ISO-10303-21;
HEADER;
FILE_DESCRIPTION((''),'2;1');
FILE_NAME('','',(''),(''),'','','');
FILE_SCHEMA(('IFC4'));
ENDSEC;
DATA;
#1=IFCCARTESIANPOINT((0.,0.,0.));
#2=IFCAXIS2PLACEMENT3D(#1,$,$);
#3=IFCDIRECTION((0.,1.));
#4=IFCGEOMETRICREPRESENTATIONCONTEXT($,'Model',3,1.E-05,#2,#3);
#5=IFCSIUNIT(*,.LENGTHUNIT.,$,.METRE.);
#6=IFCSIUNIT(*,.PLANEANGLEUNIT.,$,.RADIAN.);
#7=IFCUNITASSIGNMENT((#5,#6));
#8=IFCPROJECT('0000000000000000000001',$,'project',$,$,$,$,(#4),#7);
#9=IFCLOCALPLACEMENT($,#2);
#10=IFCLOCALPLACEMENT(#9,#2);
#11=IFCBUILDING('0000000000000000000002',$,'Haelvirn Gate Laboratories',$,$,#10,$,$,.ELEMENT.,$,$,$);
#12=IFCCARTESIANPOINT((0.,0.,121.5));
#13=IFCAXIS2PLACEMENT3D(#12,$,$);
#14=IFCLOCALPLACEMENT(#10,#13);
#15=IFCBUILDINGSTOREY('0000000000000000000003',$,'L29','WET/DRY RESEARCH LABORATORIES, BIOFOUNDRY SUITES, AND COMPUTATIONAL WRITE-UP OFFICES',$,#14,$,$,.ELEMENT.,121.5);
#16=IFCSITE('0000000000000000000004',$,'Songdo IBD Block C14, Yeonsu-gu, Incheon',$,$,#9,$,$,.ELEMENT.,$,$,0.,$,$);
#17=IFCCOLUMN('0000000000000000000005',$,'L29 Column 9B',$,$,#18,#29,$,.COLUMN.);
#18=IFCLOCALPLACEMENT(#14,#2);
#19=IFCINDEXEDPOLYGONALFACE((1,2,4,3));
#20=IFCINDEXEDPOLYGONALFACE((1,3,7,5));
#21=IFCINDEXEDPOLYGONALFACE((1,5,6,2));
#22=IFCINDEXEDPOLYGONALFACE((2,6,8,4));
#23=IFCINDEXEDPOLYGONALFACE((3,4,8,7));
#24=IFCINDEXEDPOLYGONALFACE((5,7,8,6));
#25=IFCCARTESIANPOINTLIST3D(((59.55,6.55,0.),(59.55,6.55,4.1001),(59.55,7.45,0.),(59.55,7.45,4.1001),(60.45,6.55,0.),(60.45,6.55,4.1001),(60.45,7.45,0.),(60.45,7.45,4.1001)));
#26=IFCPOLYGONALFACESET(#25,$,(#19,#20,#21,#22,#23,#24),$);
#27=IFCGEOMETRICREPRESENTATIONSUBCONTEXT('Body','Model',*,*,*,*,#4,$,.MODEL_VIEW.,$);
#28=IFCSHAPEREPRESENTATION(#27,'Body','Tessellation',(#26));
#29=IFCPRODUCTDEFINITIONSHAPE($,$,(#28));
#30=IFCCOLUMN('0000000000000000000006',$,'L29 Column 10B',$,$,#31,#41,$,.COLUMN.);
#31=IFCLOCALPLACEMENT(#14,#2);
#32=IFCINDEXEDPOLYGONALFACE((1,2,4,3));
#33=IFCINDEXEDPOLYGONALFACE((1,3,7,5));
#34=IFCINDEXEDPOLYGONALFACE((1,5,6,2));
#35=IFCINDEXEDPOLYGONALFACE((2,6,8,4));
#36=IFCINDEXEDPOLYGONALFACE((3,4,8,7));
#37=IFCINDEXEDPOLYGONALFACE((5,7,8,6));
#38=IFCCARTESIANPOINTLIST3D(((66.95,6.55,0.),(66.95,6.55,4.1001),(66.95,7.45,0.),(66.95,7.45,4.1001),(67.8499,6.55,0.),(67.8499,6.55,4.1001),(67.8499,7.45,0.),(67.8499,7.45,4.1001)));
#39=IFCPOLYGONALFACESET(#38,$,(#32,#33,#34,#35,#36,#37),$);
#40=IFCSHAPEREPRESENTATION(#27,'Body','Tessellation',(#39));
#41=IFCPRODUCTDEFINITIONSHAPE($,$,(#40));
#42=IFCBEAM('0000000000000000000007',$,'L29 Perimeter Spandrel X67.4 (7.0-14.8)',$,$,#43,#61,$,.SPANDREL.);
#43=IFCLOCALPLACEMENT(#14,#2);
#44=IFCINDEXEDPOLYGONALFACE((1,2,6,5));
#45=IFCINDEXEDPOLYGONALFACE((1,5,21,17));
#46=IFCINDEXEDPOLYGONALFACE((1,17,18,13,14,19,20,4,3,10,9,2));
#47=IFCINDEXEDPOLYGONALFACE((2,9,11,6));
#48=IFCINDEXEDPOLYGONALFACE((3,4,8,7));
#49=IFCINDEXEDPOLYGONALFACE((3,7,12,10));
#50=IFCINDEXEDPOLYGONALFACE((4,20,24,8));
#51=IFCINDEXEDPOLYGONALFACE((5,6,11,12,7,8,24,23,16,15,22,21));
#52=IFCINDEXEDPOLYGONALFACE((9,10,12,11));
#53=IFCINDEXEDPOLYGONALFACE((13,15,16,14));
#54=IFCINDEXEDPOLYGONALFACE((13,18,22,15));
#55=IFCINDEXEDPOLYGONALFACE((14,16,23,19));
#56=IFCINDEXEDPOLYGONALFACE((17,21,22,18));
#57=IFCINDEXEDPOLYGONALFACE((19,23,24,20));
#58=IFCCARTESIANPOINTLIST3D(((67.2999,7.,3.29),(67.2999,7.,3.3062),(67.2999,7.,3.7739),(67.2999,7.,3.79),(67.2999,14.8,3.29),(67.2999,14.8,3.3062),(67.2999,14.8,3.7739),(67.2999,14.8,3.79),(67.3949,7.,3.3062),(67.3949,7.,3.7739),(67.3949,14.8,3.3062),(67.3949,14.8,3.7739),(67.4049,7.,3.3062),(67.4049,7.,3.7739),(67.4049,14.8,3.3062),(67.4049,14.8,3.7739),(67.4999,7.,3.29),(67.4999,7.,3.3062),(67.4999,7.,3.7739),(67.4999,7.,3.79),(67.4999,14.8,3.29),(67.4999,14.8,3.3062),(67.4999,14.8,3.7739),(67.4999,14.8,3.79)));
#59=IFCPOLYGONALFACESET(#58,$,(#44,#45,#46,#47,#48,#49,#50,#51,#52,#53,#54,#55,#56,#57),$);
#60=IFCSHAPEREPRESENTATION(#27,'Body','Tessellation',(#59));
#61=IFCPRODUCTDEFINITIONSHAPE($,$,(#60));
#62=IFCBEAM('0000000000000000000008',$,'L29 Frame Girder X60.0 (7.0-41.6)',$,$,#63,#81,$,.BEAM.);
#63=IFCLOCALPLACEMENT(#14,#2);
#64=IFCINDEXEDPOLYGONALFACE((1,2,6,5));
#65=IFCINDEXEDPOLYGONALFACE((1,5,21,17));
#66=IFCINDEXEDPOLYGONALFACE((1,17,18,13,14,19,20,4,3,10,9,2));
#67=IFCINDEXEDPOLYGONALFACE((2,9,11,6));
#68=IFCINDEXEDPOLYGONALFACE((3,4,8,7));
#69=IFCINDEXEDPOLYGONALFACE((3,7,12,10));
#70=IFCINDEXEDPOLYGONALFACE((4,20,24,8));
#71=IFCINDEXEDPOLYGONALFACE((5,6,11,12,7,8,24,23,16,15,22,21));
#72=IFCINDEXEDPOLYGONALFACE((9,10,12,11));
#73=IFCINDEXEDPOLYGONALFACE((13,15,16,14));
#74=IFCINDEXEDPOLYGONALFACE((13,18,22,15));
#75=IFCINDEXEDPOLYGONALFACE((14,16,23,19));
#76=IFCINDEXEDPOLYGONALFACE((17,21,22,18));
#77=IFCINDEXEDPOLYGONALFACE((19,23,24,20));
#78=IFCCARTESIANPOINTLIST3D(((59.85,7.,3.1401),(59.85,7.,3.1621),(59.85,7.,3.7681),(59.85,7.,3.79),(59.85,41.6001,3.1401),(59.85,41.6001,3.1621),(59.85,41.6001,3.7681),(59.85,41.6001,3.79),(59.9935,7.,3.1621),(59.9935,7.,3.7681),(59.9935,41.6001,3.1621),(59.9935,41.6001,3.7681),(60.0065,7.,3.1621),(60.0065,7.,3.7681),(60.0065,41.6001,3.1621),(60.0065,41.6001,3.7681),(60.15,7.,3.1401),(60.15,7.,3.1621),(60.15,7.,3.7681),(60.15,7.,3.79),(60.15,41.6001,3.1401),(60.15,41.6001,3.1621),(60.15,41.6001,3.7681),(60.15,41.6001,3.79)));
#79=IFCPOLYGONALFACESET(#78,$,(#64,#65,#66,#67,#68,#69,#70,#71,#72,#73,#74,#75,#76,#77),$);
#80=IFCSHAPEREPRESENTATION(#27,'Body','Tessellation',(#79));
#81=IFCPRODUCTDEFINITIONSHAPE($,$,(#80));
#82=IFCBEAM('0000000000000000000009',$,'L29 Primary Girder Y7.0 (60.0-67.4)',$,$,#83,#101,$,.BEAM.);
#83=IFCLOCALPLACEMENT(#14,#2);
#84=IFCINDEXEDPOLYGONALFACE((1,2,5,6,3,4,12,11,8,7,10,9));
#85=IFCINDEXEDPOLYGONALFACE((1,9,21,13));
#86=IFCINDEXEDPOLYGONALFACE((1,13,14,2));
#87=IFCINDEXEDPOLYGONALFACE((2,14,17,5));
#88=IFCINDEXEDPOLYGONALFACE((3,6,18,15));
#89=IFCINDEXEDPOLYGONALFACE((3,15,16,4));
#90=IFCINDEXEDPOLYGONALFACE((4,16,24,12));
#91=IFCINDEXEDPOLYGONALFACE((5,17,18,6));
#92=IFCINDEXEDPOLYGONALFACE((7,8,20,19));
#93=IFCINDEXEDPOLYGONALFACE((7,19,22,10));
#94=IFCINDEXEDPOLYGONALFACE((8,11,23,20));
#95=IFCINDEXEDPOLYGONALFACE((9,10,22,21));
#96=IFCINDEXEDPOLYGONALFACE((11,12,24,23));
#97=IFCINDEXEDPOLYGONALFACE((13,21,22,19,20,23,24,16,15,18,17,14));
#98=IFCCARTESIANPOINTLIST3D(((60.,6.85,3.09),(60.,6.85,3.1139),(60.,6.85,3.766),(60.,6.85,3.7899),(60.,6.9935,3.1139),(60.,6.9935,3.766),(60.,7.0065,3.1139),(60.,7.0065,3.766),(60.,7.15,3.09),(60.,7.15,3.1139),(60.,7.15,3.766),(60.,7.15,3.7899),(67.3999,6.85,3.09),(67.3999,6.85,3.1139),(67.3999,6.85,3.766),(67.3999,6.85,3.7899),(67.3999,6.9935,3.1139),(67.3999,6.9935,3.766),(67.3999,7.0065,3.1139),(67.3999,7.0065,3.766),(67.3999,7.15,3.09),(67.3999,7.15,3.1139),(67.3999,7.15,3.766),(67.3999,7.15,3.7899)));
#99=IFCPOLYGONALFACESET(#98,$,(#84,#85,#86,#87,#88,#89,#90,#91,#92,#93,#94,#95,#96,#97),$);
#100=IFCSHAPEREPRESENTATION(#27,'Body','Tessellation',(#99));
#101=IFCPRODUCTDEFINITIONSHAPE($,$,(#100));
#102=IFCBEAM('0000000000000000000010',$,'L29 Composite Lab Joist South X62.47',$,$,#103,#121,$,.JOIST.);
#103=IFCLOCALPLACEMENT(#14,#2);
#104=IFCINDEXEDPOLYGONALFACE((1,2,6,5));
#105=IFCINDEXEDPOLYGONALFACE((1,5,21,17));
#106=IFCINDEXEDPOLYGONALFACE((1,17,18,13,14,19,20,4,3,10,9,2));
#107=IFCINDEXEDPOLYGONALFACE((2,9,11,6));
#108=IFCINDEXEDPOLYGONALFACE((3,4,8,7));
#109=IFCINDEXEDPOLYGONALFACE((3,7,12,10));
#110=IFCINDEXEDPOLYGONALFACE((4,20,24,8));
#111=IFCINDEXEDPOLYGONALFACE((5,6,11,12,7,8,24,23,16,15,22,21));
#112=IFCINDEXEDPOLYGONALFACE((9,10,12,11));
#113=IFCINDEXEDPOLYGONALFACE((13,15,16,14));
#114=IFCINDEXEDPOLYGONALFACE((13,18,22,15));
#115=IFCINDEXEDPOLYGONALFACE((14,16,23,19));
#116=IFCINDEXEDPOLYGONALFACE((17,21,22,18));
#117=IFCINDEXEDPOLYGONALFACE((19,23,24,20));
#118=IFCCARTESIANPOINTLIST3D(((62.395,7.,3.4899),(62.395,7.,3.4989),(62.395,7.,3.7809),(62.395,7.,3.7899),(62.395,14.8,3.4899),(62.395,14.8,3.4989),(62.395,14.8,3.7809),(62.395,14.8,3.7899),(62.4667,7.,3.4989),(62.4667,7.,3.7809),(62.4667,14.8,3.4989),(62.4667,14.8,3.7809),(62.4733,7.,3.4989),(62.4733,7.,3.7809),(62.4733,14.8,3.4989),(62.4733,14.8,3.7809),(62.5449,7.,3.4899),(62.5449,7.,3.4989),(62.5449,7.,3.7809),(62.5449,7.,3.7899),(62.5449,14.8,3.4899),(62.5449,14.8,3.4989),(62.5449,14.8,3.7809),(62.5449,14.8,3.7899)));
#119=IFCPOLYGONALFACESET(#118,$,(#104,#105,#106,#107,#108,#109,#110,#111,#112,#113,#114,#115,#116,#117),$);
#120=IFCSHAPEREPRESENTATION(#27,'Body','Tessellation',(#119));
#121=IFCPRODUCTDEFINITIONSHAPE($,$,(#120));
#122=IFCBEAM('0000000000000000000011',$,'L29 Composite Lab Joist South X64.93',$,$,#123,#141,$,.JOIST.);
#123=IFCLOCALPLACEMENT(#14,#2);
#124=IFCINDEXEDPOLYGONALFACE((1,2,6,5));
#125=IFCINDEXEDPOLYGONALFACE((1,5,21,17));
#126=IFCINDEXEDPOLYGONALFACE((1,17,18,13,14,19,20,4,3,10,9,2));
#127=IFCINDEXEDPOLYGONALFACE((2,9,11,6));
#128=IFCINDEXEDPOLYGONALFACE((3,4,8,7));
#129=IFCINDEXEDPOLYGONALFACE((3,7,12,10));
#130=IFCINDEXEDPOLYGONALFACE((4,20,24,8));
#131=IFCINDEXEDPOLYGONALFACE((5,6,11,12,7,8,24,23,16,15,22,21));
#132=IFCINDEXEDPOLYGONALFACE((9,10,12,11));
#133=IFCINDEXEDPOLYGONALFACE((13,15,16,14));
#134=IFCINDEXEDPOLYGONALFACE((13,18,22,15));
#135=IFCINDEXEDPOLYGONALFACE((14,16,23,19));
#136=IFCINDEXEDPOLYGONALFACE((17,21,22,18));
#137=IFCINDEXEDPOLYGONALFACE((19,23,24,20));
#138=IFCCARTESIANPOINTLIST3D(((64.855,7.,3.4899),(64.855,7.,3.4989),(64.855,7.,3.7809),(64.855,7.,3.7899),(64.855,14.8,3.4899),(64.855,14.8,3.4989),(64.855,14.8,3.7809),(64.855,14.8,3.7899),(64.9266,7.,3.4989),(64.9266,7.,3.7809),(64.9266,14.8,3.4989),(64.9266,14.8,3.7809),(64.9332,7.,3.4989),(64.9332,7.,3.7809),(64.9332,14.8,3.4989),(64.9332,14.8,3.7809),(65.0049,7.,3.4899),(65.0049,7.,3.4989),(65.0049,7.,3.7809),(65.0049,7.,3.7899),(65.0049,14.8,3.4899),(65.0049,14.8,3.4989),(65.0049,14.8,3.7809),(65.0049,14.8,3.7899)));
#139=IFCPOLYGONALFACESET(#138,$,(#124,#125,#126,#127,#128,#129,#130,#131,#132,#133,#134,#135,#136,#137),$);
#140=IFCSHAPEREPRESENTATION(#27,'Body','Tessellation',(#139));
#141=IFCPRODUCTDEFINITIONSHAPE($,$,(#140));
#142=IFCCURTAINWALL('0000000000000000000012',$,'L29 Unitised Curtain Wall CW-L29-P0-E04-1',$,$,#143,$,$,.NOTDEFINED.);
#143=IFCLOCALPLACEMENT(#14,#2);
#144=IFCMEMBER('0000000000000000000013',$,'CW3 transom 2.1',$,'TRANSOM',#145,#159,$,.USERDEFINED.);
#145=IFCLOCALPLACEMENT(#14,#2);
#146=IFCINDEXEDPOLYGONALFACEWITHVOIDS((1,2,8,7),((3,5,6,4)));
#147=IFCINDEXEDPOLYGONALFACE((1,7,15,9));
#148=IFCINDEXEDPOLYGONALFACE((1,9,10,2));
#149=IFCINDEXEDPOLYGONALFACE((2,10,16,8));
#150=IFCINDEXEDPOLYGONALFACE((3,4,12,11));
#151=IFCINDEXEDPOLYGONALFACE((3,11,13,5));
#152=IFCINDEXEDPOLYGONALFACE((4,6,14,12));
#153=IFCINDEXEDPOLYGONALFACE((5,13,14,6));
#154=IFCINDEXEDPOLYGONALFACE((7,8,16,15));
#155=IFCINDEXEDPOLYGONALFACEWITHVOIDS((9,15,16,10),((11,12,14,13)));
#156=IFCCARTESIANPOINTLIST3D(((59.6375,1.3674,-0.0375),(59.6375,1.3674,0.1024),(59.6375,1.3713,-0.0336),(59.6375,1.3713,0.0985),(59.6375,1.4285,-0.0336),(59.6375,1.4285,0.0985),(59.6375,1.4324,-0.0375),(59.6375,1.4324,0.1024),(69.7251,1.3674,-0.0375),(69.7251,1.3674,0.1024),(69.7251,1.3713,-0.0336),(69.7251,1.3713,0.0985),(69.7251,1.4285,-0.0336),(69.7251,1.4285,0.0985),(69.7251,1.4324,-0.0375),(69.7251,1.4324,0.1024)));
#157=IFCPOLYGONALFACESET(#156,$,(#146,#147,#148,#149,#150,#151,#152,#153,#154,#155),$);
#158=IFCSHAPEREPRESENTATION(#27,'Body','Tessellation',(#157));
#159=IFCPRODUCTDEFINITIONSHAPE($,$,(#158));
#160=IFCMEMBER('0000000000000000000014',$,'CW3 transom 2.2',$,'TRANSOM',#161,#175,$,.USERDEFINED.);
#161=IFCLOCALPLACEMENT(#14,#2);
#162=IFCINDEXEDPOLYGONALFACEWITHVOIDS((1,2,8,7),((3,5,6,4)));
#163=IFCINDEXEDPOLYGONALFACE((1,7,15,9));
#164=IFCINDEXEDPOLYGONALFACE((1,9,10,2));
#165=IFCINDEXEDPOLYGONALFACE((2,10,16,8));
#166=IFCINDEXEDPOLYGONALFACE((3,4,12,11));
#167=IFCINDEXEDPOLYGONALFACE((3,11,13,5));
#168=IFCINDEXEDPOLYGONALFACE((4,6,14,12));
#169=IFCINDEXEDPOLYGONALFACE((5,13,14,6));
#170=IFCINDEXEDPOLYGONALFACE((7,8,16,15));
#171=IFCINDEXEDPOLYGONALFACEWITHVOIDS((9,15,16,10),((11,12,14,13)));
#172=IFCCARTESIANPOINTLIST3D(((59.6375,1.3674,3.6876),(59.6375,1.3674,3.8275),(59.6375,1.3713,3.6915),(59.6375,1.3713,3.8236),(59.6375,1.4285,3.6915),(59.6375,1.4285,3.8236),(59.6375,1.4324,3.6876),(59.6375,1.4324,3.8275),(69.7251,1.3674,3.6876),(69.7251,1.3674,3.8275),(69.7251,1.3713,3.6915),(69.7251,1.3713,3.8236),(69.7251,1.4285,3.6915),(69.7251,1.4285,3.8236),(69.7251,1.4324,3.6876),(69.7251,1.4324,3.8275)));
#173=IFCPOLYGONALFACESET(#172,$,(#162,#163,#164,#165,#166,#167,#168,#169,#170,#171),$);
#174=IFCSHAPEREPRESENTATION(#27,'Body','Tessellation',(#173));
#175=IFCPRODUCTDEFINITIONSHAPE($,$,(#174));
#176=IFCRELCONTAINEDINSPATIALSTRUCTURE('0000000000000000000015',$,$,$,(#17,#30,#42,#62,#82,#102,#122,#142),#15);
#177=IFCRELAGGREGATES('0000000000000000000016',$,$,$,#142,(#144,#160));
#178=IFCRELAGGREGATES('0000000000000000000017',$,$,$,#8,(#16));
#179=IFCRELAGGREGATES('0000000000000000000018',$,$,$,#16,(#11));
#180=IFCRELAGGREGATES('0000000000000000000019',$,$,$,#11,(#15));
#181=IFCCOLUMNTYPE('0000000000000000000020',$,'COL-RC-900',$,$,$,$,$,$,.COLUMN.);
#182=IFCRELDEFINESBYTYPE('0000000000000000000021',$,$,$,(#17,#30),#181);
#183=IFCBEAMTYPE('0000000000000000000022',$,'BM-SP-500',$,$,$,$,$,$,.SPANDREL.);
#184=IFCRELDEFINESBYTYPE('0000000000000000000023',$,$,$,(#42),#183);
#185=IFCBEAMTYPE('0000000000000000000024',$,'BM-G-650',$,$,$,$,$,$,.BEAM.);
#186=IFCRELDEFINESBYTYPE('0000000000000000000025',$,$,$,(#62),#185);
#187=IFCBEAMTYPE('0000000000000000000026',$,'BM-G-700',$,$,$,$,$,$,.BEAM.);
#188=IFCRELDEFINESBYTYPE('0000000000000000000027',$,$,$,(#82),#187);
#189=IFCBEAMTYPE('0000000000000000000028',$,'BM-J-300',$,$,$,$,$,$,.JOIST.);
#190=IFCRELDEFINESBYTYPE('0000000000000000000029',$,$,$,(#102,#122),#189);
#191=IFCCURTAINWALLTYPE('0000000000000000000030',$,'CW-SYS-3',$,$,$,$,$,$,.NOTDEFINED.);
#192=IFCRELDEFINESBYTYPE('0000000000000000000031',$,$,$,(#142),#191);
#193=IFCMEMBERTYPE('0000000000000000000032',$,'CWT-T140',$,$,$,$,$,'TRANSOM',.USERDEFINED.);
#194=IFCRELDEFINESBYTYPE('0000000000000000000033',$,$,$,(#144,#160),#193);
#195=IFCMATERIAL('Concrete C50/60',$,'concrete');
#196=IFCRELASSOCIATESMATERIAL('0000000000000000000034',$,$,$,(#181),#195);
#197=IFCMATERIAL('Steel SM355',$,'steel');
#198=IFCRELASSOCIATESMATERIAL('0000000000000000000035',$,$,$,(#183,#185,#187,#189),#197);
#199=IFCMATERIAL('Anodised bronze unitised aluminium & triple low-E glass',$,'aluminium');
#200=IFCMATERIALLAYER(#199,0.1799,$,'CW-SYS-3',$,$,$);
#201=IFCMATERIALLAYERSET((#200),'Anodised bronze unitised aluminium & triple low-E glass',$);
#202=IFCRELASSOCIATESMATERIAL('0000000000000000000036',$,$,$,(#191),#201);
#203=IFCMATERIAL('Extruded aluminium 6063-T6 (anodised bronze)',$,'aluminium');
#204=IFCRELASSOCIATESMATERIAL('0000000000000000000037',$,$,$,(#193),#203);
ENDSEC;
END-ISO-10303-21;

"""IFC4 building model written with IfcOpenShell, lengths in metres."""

from ifc_helpers import new_model, si_unit, direction, frame, origin, origin_2d, place, context, subcontext, project, spatial, rectangle, hollow_rectangle, i_section, extrude, source, transform, mapped, material, layer, layer_set, material_profile, profile_set, type_object, type_shapes, element, aggregate, save


model = new_model("IFC4")

# Units and contexts
model_context = context("Model", 3, precision=1e-05, world=origin(), true_north=direction((0.0, 1.0)))
body_context = subcontext(model_context, "Body", "Model", "MODEL_VIEW")
ifc_project = project(units=[si_unit("LENGTHUNIT", "METRE"), si_unit("PLANEANGLEUNIT", "RADIAN")], contexts=[model_context])

# Site, building, storey
site_placement = place(None, origin())
site = spatial("IfcSite", under=ifc_project, at=site_placement, Name="Songdo IBD Block C14, Yeonsu-gu, Incheon", CompositionType="ELEMENT", RefElevation=0.0)
building_placement = place(site_placement, origin())
building = spatial("IfcBuilding", under=site, at=building_placement, Name="Haelvirn Gate Laboratories", CompositionType="ELEMENT")
storey_placement = place(building_placement, frame((0.0, 0.0, 121.5)))
storey = spatial("IfcBuildingStorey", under=building, at=storey_placement, Name="L29", Description="WET/DRY RESEARCH LABORATORIES, BIOFOUNDRY SUITES, AND COMPUTATIONAL WRITE-UP OFFICES", CompositionType="ELEMENT", Elevation=121.5)

# Columns
ifc_material_1 = material(Name="Concrete C50/60", Category="concrete")
ifc_material_profile_1 = material_profile(ifc_material_1, rectangle(XDim=0.8999, YDim=0.8999, at=origin_2d()), Name="RC-900x900")
ifc_profile_set_1 = profile_set([ifc_material_profile_1], Name="Concrete C50/60")
column_type = type_object("IfcColumnType", Name="COL-RC-900", PredefinedType="COLUMN", material=ifc_profile_set_1)
shared_shape_1 = source(origin(), body_context, "Body", "SweptSolid", [
    extrude(rectangle(XDim=0.8999, YDim=0.8999, at=origin_2d()), origin(), (0.0, 0.0, 1.0), 4.1001),
])
type_shapes(column_type, [shared_shape_1])
for number, where, z_axis, x_axis, name in (
    (1, (60.0, 7.0, 0.0), (0.0, 0.0, 1.0), (1.0, 0.0, 0.0), "L29 Column 9B"),
    (2, (67.3999, 7.0, 0.0), (0.0, 0.0, 1.0), (1.0, 0.0, 0.0), "L29 Column 10B"),
):
    element("IfcColumn", number, at=place(storey_placement, frame(where, z_axis=z_axis, x_axis=x_axis)), inside=storey, type_object=column_type, Name=name, PredefinedType="COLUMN", context=body_context, shape_type="MappedRepresentation", body=[
        mapped(shared_shape_1, transform((0.0, 0.0, 0.0), scale=1.0)),
    ])

# Beams
ifc_material_2 = material(Name="Steel SM355", Category="steel")
ifc_material_profile_2 = material_profile(ifc_material_2, i_section(OverallWidth=0.2, OverallDepth=0.5, WebThickness=0.01, FlangeThickness=0.0161, at=origin_2d()), Name="H-500x200x10x16")
ifc_profile_set_2 = profile_set([ifc_material_profile_2], Name="Steel SM355")
beam_type_1 = type_object("IfcBeamType", Name="BM-SP-500", PredefinedType="SPANDREL", material=ifc_profile_set_2)
shared_shape_2 = source(origin(), body_context, "Body", "SweptSolid", [
    extrude(i_section(OverallWidth=0.2, OverallDepth=0.5, WebThickness=0.01, FlangeThickness=0.0161, at=origin_2d()), origin(), (0.0, 0.0, 1.0), 7.8),
])
type_shapes(beam_type_1, [shared_shape_2])
beam_1_placement = place(storey_placement, frame((67.3999, 7.0, 3.54), z_axis=(0.0, 1.0, 0.0), x_axis=(-1.0, 0.0, 0.0)))
element("IfcBeam", 3, at=beam_1_placement, inside=storey, type_object=beam_type_1, Name="L29 Perimeter Spandrel X67.4 (7.0-14.8)", PredefinedType="SPANDREL", context=body_context, shape_type="MappedRepresentation", body=[
    mapped(shared_shape_2, transform((0.0, 0.0, 0.0), scale=1.0)),
])
ifc_material_profile_3 = material_profile(ifc_material_2, i_section(OverallWidth=0.3, OverallDepth=0.6499, WebThickness=0.0129, FlangeThickness=0.022, at=origin_2d()), Name="H-650x300x13x22")
ifc_profile_set_3 = profile_set([ifc_material_profile_3], Name="Steel SM355")
beam_type_2 = type_object("IfcBeamType", Name="BM-G-650", PredefinedType="BEAM", material=ifc_profile_set_3)
shared_shape_3 = source(origin(), body_context, "Body", "SweptSolid", [
    extrude(i_section(OverallWidth=0.3, OverallDepth=0.6499, WebThickness=0.0129, FlangeThickness=0.022, at=origin_2d()), origin(), (0.0, 0.0, 1.0), 34.6001),
])
type_shapes(beam_type_2, [shared_shape_3])
beam_2_placement = place(storey_placement, frame((60.0, 7.0, 3.4651), z_axis=(0.0, 1.0, 0.0), x_axis=(-1.0, 0.0, 0.0)))
element("IfcBeam", 4, at=beam_2_placement, inside=storey, type_object=beam_type_2, Name="L29 Frame Girder X60.0 (7.0-41.6)", PredefinedType="BEAM", context=body_context, shape_type="MappedRepresentation", body=[
    mapped(shared_shape_3, transform((0.0, 0.0, 0.0), scale=1.0)),
])
ifc_material_profile_4 = material_profile(ifc_material_2, i_section(OverallWidth=0.3, OverallDepth=0.7, WebThickness=0.0129, FlangeThickness=0.0239, at=origin_2d()), Name="H-700x300x13x24")
ifc_profile_set_4 = profile_set([ifc_material_profile_4], Name="Steel SM355")
beam_type_3 = type_object("IfcBeamType", Name="BM-G-700", PredefinedType="BEAM", material=ifc_profile_set_4)
shared_shape_4 = source(origin(), body_context, "Body", "SweptSolid", [
    extrude(i_section(OverallWidth=0.3, OverallDepth=0.7, WebThickness=0.0129, FlangeThickness=0.0239, at=origin_2d()), origin(), (0.0, 0.0, 1.0), 7.3999),
])
type_shapes(beam_type_3, [shared_shape_4])
beam_3_placement = place(storey_placement, frame((60.0, 7.0, 3.4399), z_axis=(1.0, 0.0, 0.0), x_axis=(0.0, 1.0, 0.0)))
element("IfcBeam", 5, at=beam_3_placement, inside=storey, type_object=beam_type_3, Name="L29 Primary Girder Y7.0 (60.0-67.4)", PredefinedType="BEAM", context=body_context, shape_type="MappedRepresentation", body=[
    mapped(shared_shape_4, transform((0.0, 0.0, 0.0), scale=1.0)),
])
ifc_material_profile_5 = material_profile(ifc_material_2, i_section(OverallWidth=0.1499, OverallDepth=0.3, WebThickness=0.0066, FlangeThickness=0.009, at=origin_2d()), Name="H-300x150x6.5x9")
ifc_profile_set_5 = profile_set([ifc_material_profile_5], Name="Steel SM355")
beam_type_4 = type_object("IfcBeamType", Name="BM-J-300", PredefinedType="JOIST", material=ifc_profile_set_5)
shared_shape_5 = source(origin(), body_context, "Body", "SweptSolid", [
    extrude(i_section(OverallWidth=0.1499, OverallDepth=0.3, WebThickness=0.0066, FlangeThickness=0.009, at=origin_2d()), origin(), (0.0, 0.0, 1.0), 7.8),
])
type_shapes(beam_type_4, [shared_shape_5])
for number, where, z_axis, x_axis, name in (
    (6, (62.47, 7.0, 3.6399), (0.0, 1.0, 0.0), (-1.0, 0.0, 0.0), "L29 Composite Lab Joist South X62.47"),
    (7, (64.9299, 7.0, 3.6399), (0.0, 1.0, 0.0), (-1.0, 0.0, 0.0), "L29 Composite Lab Joist South X64.93"),
):
    element("IfcBeam", number, at=place(storey_placement, frame(where, z_axis=z_axis, x_axis=x_axis)), inside=storey, type_object=beam_type_4, Name=name, PredefinedType="JOIST", context=body_context, shape_type="MappedRepresentation", body=[
        mapped(shared_shape_5, transform((0.0, 0.0, 0.0), scale=1.0)),
    ])

# Curtain wall, members
ifc_material_3 = material(Name="Anodised bronze unitised aluminium & triple low-E glass", Category="aluminium")
ifc_layer_1 = layer(ifc_material_3, 0.1799, Name="CW-SYS-3")
ifc_layer_set_1 = layer_set([ifc_layer_1], Name="Anodised bronze unitised aluminium & triple low-E glass")
curtain_wall_type_1 = type_object("IfcCurtainWallType", Name="CW-SYS-3", PredefinedType="NOTDEFINED", material=ifc_layer_set_1)
curtain_wall_1_placement = place(storey_placement, origin())
curtain_wall_1 = element("IfcCurtainWall", 8, at=curtain_wall_1_placement, inside=storey, type_object=curtain_wall_type_1, Name="L29 Unitised Curtain Wall CW-L29-P0-E04-1", PredefinedType="NOTDEFINED")
ifc_material_4 = material(Name="Extruded aluminium 6063-T6 (anodised bronze)", Category="aluminium")
ifc_material_profile_6 = material_profile(ifc_material_4, hollow_rectangle(XDim=0.0649, YDim=0.1399, WallThickness=0.0039, at=origin_2d()), Name="CWT-140x65x4")
ifc_profile_set_6 = profile_set([ifc_material_profile_6], Name="Extruded aluminium 6063-T6 (anodised bronze)")
member_type_1 = type_object("IfcMemberType", Name="CWT-T140", ElementType="TRANSOM", PredefinedType="USERDEFINED", material=ifc_profile_set_6)
shared_shape_6 = source(origin(), body_context, "Body", "SweptSolid", [
    extrude(hollow_rectangle(XDim=0.0649, YDim=0.1399, WallThickness=0.0039, at=origin_2d()), origin(), (0.0, 0.0, 1.0), 10.0876),
])
member_1_placement = place(storey_placement, frame((59.6375, 1.3999, 0.0325), z_axis=(1.0, 0.0, 0.0), x_axis=(0.0, 1.0, 0.0)))
member_1 = element("IfcMember", 9, at=member_1_placement, type_object=member_type_1, Name="CW3 transom 2.1", ObjectType="TRANSOM", PredefinedType="USERDEFINED", context=body_context, shape_type="MappedRepresentation", body=[
    mapped(shared_shape_6, transform((0.0, 0.0, 0.0), scale=1.0)),
])
member_2_placement = place(storey_placement, frame((59.6375, 1.3999, 3.7576), z_axis=(1.0, 0.0, 0.0), x_axis=(0.0, 1.0, 0.0)))
member_2 = element("IfcMember", 10, at=member_2_placement, type_object=member_type_1, Name="CW3 transom 2.2", ObjectType="TRANSOM", PredefinedType="USERDEFINED", context=body_context, shape_type="MappedRepresentation", body=[
    mapped(shared_shape_6, transform((0.0, 0.0, 0.0), scale=1.0)),
])

aggregate(curtain_wall_1, [member_1, member_2])

save(model, "model.ifc")
